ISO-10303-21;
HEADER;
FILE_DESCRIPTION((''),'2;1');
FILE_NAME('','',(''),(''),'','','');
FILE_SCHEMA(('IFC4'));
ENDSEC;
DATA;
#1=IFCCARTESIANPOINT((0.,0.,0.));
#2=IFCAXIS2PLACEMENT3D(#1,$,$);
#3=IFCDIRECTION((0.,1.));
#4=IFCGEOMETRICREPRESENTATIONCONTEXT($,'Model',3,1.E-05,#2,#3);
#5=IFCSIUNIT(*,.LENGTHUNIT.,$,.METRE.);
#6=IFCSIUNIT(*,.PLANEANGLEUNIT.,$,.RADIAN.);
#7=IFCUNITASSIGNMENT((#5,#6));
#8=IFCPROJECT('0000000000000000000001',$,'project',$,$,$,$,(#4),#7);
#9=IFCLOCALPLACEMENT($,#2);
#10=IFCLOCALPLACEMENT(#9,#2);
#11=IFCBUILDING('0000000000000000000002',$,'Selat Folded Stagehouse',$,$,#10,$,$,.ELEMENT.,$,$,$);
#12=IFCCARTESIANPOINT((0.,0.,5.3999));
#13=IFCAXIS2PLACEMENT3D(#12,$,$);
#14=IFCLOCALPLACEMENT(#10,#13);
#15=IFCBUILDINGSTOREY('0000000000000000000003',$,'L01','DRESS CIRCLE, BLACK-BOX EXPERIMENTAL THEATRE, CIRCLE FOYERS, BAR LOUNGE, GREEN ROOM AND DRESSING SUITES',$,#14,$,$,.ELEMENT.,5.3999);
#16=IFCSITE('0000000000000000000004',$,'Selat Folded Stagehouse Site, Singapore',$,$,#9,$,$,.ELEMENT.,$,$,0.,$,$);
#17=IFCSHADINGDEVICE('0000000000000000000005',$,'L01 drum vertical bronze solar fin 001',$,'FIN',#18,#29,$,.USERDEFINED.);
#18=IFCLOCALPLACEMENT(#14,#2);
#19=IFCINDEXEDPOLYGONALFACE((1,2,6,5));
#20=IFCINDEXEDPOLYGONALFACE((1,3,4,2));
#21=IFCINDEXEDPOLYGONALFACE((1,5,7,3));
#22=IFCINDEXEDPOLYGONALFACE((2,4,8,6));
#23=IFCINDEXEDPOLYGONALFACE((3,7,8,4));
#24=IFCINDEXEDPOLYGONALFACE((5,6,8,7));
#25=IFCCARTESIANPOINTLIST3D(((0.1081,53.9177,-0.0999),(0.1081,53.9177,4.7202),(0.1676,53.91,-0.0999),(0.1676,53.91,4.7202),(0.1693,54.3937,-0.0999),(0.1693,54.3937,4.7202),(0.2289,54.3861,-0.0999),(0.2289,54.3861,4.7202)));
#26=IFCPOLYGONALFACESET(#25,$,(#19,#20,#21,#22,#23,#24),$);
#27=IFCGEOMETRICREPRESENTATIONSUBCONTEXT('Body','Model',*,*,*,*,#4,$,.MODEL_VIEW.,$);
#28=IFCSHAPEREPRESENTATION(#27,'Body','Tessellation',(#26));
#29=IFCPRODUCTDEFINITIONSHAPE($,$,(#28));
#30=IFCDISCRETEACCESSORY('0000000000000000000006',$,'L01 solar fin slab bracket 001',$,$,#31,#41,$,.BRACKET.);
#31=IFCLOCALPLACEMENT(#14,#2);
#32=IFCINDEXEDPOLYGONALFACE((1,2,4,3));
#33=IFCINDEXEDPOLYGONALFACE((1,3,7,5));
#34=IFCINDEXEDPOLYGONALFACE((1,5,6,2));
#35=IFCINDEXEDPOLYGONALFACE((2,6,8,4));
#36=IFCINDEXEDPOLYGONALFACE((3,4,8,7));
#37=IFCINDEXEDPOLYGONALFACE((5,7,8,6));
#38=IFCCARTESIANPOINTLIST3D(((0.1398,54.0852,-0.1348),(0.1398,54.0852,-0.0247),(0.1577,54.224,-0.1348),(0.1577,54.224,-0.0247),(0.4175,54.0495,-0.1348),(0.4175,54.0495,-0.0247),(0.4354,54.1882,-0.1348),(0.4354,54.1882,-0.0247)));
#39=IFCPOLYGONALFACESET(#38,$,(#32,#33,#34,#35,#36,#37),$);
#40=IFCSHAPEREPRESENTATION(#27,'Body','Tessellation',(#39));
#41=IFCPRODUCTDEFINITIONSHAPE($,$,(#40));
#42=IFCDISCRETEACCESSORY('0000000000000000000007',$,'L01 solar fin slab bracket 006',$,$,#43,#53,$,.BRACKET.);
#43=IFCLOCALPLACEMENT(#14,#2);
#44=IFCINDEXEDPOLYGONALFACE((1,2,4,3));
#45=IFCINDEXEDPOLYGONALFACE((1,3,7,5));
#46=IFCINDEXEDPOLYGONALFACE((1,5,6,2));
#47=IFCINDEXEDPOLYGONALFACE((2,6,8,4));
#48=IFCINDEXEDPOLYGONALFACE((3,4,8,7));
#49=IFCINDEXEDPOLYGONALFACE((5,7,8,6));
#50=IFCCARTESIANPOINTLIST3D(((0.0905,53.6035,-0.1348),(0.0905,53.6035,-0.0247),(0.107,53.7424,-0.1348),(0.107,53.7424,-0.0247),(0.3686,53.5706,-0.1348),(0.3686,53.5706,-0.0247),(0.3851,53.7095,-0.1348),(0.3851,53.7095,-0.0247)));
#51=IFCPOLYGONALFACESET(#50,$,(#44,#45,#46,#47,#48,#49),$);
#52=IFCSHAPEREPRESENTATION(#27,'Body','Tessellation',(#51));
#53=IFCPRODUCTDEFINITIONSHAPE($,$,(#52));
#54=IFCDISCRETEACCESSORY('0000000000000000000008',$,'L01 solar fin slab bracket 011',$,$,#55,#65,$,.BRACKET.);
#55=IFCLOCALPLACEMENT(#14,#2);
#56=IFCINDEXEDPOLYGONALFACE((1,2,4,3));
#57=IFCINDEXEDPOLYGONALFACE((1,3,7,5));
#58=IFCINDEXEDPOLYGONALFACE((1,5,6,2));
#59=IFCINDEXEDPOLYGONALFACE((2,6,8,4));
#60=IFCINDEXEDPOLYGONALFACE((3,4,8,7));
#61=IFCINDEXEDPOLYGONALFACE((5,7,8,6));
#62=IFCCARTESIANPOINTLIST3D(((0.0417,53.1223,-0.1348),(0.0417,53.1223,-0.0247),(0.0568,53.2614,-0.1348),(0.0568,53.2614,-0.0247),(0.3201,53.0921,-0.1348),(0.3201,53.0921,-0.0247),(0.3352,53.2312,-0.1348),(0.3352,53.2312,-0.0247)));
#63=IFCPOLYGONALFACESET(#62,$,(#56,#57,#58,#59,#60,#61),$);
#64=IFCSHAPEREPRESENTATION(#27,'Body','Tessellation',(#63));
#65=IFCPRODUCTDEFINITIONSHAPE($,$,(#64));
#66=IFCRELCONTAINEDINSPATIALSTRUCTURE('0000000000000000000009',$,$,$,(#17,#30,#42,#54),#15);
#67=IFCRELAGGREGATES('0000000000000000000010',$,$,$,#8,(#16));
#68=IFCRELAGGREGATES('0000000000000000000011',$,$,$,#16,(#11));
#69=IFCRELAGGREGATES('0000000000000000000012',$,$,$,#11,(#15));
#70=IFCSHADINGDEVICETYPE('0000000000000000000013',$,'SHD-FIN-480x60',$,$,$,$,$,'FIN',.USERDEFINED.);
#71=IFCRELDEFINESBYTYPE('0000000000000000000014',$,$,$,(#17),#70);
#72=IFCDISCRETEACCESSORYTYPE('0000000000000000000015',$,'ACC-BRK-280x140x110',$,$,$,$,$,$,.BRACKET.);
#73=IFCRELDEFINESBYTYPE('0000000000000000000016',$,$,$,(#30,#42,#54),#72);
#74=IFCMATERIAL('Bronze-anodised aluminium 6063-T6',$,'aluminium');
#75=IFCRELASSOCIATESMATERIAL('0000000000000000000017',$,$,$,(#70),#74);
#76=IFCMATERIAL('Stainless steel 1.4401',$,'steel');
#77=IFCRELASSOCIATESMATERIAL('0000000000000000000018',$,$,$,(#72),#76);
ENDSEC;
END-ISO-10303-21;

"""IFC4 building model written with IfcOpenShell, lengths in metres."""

from ifc_helpers import new_model, si_unit, direction, frame, origin, origin_2d, place, context, subcontext, project, spatial, rectangle, extrude, material, material_profile, profile_set, type_object, element, save


model = new_model("IFC4")

# Units and contexts
model_context = context("Model", 3, precision=1e-05, world=origin(), true_north=direction((0.0, 1.0)))
body_context = subcontext(model_context, "Body", "Model", "MODEL_VIEW")
ifc_project = project(units=[si_unit("LENGTHUNIT", "METRE"), si_unit("PLANEANGLEUNIT", "RADIAN")], contexts=[model_context])

# Site, building, storey
site_placement = place(None, origin())
site = spatial("IfcSite", under=ifc_project, at=site_placement, Name="Selat Folded Stagehouse Site, Singapore", CompositionType="ELEMENT", RefElevation=0.0)
building_placement = place(site_placement, origin())
building = spatial("IfcBuilding", under=site, at=building_placement, Name="Selat Folded Stagehouse", CompositionType="ELEMENT")
storey_placement = place(building_placement, frame((0.0, 0.0, 5.3999)))
storey = spatial("IfcBuildingStorey", under=building, at=storey_placement, Name="L01", Description="DRESS CIRCLE, BLACK-BOX EXPERIMENTAL THEATRE, CIRCLE FOYERS, BAR LOUNGE, GREEN ROOM AND DRESSING SUITES", CompositionType="ELEMENT", Elevation=5.3999)

# Shading device
ifc_material_1 = material(Name="Bronze-anodised aluminium 6063-T6", Category="aluminium")
ifc_material_profile_1 = material_profile(ifc_material_1, rectangle(XDim=0.0601, YDim=0.48, at=origin_2d()), Name="SOLAR-FIN 480x60")
ifc_profile_set_1 = profile_set([ifc_material_profile_1], Name="Bronze-anodised aluminium 6063-T6")
shading_device_type = type_object("IfcShadingDeviceType", Name="SHD-FIN-480x60", ElementType="FIN", PredefinedType="USERDEFINED", material=ifc_profile_set_1)
shading_device_placement = place(storey_placement, frame((0.1685, 54.1519, -0.0999), z_axis=(0.0, 0.0, 1.0), x_axis=(-0.991828, 0.127584, 0.0)))
element("IfcShadingDevice", 1, at=shading_device_placement, inside=storey, type_object=shading_device_type, Name="L01 drum vertical bronze solar fin 001", ObjectType="FIN", PredefinedType="USERDEFINED", context=body_context, shape_type="SweptSolid", body=[
    extrude(rectangle(XDim=0.0601, YDim=0.48, at=origin_2d()), origin(), (0.0, 0.0, 1.0), 4.8201),
])

# Discrete accessories
ifc_material_2 = material(Name="Stainless steel 1.4401", Category="steel")
discrete_accessory_type = type_object("IfcDiscreteAccessoryType", Name="ACC-BRK-280x140x110", PredefinedType="BRACKET", material=ifc_material_2)
for number, where, z_axis, x_axis, name in (
    (2, (0.2876, 54.1367, -0.1348), (0.0, 0.0, 1.0), (-0.991828, 0.127584, 0.0), "L01 solar fin slab bracket 001"),
    (3, (0.2378, 53.6565, -0.1348), (0.0, 0.0, 1.0), (-0.993068, 0.117537, 0.0), "L01 solar fin slab bracket 006"),
    (4, (0.1885, 53.1768, -0.1348), (0.0, 0.0, 1.0), (-0.994189, 0.107652, 0.0), "L01 solar fin slab bracket 011"),
):
    element("IfcDiscreteAccessory", number, at=place(storey_placement, frame(where, z_axis=z_axis, x_axis=x_axis)), inside=storey, type_object=discrete_accessory_type, Name=name, PredefinedType="BRACKET", context=body_context, shape_type="SweptSolid", body=[
        extrude(rectangle(XDim=0.28, YDim=0.1399, at=origin_2d()), origin(), (0.0, 0.0, 1.0), 0.1101),
    ])

save(model, "model.ifc")
